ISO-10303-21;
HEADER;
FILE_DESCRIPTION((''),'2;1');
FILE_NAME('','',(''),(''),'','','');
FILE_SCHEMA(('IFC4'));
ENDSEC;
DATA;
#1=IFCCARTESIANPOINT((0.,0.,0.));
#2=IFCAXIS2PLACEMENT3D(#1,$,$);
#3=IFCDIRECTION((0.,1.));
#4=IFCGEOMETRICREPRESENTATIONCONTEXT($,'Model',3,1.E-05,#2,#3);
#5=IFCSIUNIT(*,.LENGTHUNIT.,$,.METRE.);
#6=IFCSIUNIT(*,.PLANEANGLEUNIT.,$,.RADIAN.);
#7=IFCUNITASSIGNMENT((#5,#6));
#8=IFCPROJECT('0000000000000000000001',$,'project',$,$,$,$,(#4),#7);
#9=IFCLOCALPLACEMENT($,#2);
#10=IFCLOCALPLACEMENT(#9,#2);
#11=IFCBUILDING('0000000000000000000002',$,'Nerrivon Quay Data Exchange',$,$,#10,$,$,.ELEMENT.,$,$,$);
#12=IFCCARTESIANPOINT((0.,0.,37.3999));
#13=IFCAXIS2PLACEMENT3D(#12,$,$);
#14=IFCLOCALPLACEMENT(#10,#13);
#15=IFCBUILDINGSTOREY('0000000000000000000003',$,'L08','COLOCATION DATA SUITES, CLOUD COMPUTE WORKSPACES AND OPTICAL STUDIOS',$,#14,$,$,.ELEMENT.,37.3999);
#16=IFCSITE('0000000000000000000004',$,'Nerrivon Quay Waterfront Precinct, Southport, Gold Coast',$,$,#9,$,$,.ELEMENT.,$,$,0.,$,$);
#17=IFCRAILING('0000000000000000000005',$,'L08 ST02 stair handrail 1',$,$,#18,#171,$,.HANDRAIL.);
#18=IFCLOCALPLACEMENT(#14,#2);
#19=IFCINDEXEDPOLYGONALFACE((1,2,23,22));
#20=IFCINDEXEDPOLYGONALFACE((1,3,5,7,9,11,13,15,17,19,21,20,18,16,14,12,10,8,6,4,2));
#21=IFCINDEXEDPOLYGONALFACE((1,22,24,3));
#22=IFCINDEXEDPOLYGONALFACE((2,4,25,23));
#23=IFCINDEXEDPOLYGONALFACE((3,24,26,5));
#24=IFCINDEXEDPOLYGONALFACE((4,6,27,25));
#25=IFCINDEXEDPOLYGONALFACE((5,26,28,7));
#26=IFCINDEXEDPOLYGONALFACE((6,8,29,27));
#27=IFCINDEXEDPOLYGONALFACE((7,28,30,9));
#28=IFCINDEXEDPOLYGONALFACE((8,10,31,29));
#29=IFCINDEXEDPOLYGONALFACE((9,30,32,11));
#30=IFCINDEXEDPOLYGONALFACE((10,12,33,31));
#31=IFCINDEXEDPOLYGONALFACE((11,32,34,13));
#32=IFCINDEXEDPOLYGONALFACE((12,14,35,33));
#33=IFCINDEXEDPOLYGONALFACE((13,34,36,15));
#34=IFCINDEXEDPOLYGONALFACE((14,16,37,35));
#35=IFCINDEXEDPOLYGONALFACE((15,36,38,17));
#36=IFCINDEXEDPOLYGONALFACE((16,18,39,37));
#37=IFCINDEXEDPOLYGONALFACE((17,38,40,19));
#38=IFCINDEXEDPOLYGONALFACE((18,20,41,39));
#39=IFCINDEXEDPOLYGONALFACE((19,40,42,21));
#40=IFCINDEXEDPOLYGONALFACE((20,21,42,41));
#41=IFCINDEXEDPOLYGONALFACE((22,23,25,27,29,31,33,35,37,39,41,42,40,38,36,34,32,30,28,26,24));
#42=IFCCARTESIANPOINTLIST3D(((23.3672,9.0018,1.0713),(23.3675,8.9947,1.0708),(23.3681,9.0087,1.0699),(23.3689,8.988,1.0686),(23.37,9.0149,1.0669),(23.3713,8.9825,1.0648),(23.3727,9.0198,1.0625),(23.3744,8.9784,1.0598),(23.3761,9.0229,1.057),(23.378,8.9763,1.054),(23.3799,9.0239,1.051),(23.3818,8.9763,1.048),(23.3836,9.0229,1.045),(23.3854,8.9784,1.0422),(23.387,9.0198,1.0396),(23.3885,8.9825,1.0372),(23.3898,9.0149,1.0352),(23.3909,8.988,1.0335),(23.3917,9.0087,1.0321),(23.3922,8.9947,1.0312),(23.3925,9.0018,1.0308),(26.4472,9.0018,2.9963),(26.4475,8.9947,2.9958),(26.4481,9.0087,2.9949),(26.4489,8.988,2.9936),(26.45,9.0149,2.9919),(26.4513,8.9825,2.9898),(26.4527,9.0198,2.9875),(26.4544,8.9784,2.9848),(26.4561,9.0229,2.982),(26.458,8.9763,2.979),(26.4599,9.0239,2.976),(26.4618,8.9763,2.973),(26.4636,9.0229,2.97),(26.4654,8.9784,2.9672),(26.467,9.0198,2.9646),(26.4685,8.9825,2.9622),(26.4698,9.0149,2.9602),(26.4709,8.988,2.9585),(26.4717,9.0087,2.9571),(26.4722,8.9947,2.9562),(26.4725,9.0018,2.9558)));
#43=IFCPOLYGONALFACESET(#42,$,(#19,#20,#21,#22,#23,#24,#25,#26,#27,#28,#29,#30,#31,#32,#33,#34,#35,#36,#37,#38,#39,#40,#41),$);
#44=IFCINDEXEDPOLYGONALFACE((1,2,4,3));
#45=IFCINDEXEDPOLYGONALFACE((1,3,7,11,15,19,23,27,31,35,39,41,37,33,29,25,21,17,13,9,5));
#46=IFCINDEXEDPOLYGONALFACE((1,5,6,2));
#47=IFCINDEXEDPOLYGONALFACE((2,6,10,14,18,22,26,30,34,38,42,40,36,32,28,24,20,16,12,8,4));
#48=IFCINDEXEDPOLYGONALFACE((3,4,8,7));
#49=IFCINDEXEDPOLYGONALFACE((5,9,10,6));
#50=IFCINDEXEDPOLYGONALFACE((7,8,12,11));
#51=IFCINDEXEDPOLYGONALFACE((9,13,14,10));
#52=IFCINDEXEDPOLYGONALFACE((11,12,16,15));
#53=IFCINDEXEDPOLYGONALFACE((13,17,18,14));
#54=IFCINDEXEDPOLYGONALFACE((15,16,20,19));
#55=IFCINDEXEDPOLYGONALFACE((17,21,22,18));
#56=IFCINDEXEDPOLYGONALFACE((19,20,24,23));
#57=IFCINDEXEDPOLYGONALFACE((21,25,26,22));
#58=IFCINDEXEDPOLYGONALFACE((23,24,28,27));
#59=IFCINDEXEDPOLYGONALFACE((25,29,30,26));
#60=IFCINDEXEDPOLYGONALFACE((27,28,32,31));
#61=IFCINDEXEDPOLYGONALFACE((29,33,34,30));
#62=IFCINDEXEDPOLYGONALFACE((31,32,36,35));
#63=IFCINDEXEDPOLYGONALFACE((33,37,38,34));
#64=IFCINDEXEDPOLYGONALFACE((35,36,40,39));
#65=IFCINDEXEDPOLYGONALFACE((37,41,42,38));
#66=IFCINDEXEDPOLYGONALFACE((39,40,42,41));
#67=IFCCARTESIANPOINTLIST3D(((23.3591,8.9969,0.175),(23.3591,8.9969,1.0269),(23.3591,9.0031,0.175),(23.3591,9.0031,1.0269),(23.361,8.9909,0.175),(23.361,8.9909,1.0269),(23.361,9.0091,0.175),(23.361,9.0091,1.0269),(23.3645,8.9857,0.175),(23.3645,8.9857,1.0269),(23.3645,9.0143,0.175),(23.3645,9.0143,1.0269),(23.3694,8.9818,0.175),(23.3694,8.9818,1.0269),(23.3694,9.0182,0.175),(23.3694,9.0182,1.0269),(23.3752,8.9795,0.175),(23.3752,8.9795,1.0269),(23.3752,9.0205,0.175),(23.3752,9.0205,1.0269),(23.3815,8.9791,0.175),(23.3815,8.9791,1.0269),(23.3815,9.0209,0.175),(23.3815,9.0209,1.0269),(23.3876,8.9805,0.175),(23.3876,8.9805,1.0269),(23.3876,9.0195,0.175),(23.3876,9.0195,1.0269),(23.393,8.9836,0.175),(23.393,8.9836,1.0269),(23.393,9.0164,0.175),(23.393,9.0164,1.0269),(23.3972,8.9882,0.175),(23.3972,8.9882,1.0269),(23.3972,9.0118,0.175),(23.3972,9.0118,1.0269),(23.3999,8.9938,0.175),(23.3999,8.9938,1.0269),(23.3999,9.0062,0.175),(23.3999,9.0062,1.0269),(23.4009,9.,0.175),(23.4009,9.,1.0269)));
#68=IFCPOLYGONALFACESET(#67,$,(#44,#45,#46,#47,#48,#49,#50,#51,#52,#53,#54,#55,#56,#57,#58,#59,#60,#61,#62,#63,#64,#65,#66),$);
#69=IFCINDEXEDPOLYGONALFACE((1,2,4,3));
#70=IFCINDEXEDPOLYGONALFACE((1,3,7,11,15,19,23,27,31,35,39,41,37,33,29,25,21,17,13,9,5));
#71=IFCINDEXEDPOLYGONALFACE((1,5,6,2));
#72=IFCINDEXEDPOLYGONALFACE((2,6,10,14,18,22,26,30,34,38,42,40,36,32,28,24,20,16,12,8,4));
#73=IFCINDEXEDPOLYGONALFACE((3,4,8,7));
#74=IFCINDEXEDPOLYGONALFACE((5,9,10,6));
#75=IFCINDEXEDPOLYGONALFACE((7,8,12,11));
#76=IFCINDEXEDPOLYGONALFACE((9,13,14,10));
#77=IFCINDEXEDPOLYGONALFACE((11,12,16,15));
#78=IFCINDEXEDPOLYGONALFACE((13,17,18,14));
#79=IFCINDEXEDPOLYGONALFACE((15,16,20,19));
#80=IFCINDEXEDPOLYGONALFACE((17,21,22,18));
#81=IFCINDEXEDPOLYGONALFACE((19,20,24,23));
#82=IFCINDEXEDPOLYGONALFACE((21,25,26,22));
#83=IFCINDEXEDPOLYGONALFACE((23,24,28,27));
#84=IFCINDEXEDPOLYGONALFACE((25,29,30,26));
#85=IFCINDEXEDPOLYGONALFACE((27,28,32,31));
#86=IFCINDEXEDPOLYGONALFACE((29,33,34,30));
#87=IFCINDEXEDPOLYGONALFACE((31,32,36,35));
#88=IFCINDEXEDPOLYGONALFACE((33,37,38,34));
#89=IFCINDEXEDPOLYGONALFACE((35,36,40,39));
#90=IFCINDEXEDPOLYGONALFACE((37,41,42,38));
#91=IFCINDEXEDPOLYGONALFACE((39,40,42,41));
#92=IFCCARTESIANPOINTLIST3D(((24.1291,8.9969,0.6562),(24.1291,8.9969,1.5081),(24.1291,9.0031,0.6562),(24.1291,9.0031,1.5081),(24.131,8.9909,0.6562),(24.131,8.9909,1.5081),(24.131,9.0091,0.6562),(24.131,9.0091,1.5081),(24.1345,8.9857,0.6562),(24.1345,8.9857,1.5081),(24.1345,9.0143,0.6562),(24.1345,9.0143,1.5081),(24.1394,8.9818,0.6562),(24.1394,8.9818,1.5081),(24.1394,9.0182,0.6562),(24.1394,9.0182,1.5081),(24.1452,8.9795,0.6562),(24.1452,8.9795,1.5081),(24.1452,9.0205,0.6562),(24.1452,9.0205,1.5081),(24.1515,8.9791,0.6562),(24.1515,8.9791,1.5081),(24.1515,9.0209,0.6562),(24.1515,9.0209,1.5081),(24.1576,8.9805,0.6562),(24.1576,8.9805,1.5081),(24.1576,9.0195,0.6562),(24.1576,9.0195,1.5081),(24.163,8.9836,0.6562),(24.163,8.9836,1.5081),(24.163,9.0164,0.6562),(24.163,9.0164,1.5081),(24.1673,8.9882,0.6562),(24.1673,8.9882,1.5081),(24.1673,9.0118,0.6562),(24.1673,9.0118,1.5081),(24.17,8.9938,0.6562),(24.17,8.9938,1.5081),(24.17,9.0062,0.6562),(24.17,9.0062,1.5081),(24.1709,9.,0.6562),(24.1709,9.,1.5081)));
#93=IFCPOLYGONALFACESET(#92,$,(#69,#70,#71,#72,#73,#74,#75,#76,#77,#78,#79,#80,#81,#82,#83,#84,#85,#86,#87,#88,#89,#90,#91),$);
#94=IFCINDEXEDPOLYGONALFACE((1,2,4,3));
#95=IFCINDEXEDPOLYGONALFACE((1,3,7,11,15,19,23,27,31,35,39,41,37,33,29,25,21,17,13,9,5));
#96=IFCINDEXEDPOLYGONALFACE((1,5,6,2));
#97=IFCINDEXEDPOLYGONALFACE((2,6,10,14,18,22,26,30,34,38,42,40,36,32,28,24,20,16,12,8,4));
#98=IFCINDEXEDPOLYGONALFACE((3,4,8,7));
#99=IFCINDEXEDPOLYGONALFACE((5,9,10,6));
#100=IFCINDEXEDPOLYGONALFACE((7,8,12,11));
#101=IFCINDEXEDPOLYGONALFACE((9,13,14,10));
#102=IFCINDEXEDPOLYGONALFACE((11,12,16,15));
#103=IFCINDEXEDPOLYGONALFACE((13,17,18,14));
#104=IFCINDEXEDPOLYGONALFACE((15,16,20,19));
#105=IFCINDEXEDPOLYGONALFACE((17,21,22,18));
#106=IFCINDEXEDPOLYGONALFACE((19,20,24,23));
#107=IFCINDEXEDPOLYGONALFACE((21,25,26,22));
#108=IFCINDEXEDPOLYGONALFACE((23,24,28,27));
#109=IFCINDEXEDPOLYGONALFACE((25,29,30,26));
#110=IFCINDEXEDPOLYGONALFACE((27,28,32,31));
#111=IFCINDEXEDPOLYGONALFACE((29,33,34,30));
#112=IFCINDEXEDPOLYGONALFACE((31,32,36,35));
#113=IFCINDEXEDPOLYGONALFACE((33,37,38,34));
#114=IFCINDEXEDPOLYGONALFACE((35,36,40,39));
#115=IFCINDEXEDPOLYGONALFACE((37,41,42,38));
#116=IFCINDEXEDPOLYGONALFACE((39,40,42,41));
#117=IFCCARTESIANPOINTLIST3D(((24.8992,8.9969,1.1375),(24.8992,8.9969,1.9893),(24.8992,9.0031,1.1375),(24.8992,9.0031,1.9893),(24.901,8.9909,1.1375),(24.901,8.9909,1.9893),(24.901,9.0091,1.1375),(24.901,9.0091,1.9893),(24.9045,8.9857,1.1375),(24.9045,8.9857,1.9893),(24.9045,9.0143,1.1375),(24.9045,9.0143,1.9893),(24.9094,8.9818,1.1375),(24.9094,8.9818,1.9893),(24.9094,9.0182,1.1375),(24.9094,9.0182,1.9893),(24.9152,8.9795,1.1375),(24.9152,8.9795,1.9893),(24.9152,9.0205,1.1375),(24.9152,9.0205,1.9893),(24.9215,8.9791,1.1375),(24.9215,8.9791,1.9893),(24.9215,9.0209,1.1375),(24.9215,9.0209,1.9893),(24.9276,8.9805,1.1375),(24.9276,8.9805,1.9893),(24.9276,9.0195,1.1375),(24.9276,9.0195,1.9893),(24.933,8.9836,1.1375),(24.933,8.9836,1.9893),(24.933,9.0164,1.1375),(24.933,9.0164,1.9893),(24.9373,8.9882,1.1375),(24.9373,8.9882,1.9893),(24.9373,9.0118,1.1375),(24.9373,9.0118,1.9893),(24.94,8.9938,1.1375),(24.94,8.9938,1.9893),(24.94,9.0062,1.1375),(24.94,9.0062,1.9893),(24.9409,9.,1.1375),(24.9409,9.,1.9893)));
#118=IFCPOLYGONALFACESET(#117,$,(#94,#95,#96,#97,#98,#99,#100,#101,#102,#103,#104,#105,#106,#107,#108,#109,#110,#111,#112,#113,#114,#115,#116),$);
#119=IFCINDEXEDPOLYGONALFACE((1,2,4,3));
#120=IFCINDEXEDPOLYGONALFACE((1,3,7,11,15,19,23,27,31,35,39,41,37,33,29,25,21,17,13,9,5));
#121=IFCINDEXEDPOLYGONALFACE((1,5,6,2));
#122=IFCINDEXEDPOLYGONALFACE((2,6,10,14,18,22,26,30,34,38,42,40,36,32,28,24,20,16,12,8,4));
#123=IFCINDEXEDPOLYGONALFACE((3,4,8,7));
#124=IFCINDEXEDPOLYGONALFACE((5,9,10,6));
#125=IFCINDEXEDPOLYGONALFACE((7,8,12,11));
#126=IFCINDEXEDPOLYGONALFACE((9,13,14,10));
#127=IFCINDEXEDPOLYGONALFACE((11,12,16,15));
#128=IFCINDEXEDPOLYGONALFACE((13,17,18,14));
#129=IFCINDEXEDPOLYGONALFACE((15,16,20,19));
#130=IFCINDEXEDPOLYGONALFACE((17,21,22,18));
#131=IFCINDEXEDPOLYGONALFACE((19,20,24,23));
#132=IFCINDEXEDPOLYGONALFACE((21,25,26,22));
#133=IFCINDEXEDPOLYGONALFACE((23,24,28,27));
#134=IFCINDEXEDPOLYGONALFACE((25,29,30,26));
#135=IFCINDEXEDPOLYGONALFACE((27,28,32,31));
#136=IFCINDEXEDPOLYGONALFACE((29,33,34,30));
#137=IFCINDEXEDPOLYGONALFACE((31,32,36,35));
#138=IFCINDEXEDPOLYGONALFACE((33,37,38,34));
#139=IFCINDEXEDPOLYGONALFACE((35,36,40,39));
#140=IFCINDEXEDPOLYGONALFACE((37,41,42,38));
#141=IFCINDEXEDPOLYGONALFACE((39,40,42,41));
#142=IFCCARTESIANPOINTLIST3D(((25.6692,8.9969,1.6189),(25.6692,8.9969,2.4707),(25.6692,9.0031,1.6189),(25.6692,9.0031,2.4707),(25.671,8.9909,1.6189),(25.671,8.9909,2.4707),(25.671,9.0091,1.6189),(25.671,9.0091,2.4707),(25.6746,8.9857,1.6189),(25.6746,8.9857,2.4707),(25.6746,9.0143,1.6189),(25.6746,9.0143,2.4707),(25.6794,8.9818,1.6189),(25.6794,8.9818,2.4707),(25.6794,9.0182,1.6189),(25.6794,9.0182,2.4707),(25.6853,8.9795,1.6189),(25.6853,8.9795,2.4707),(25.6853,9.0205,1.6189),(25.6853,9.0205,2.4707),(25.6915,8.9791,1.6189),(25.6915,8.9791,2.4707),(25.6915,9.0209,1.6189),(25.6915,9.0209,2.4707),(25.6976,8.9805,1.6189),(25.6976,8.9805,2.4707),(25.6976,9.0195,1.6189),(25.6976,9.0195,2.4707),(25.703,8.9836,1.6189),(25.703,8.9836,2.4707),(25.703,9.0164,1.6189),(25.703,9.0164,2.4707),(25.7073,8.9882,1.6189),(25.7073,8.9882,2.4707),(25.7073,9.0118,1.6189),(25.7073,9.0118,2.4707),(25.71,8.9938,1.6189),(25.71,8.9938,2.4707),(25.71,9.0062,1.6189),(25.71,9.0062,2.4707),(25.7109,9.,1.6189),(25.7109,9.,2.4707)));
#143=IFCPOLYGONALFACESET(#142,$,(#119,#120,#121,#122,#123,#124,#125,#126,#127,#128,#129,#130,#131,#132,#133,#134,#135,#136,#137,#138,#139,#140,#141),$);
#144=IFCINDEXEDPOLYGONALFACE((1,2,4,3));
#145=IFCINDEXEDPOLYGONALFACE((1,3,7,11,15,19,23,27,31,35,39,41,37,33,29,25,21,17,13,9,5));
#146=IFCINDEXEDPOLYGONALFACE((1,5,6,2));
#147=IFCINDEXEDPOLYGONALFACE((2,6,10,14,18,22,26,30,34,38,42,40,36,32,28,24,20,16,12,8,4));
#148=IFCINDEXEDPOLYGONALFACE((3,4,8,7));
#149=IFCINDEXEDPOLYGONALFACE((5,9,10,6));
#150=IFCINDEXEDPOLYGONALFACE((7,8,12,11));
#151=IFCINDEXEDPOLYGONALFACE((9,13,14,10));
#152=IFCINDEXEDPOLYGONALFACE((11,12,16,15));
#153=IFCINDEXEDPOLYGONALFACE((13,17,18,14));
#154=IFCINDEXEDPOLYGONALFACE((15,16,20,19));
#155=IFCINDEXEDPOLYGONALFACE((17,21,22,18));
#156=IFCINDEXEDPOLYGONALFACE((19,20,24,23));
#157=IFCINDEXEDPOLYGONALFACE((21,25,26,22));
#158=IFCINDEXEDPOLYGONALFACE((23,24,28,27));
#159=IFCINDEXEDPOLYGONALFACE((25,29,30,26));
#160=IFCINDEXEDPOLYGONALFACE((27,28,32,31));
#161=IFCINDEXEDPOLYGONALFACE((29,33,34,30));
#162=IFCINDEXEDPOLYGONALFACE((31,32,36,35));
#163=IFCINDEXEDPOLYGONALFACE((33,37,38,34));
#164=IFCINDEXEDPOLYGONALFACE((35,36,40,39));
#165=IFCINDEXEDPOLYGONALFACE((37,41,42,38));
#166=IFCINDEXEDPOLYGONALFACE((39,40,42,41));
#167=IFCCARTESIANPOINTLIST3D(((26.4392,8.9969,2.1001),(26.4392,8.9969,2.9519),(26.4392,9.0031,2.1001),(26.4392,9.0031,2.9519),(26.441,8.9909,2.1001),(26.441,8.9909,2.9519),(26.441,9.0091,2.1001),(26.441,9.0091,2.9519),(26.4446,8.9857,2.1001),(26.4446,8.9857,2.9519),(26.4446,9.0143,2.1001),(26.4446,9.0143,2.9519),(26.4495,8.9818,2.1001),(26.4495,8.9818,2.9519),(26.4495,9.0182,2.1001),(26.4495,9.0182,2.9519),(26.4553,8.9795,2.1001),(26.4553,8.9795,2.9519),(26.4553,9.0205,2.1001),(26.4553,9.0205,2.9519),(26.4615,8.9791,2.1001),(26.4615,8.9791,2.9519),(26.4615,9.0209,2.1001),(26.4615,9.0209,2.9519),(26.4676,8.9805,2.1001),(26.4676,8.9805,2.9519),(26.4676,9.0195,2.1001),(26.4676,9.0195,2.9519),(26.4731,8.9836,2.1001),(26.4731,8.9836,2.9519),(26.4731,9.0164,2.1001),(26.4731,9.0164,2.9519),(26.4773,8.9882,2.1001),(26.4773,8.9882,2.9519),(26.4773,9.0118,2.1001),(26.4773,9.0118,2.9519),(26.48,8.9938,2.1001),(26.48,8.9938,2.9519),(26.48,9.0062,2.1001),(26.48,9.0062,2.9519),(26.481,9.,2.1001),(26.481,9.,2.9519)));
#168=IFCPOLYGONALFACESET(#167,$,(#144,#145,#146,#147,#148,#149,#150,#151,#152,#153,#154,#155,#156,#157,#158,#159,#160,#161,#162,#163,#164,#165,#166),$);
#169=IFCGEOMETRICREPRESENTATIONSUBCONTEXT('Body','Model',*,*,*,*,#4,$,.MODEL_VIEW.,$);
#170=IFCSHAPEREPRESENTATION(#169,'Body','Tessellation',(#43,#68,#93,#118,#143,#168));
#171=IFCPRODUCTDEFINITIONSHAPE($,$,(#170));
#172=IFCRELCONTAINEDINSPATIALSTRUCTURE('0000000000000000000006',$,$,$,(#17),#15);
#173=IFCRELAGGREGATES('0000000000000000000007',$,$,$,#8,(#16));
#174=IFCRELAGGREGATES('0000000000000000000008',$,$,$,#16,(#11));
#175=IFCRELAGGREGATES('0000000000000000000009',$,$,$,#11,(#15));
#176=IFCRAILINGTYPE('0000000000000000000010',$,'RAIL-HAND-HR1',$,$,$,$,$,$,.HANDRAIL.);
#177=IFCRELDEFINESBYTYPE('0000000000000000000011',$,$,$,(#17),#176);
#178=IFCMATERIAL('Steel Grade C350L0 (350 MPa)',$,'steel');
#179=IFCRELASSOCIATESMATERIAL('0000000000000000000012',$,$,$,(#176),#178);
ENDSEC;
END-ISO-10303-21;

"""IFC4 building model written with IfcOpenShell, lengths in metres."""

from ifc_helpers import new_model, si_unit, direction, frame, origin, origin_2d, place, context, subcontext, project, spatial, circle, extrude, material, type_object, element, save


model = new_model("IFC4")

# Units and contexts
model_context = context("Model", 3, precision=1e-05, world=origin(), true_north=direction((0.0, 1.0)))
body_context = subcontext(model_context, "Body", "Model", "MODEL_VIEW")
ifc_project = project(units=[si_unit("LENGTHUNIT", "METRE"), si_unit("PLANEANGLEUNIT", "RADIAN")], contexts=[model_context])

# Site, building, storey
site_placement = place(None, origin())
site = spatial("IfcSite", under=ifc_project, at=site_placement, Name="Nerrivon Quay Waterfront Precinct, Southport, Gold Coast", CompositionType="ELEMENT", RefElevation=0.0)
building_placement = place(site_placement, origin())
building = spatial("IfcBuilding", under=site, at=building_placement, Name="Nerrivon Quay Data Exchange", CompositionType="ELEMENT")
storey_placement = place(building_placement, frame((0.0, 0.0, 37.3999)))
storey = spatial("IfcBuildingStorey", under=building, at=storey_placement, Name="L08", Description="COLOCATION DATA SUITES, CLOUD COMPUTE WORKSPACES AND OPTICAL STUDIOS", CompositionType="ELEMENT", Elevation=37.3999)

# Railing
ifc_material_1 = material(Name="Steel Grade C350L0 (350 MPa)", Category="steel")
railing_type_1 = type_object("IfcRailingType", Name="RAIL-HAND-HR1", PredefinedType="HANDRAIL", material=ifc_material_1)
railing_1_placement = place(storey_placement, frame((23.3799, 9.0, 0.175)))
element("IfcRailing", 1, at=railing_1_placement, inside=storey, type_object=railing_type_1, Name="L08 ST02 stair handrail 1", PredefinedType="HANDRAIL", context=body_context, shape_type="SweptSolid", body=[
    extrude(circle(Radius=0.0239, at=origin_2d()), frame((0.0, 0.0, 0.876), z_axis=(0.847998, 0.0, 0.529999), x_axis=(0.0, 1.0, 0.0)), (0.0, 0.0, 1.0), 3.6321),
    extrude(circle(Radius=0.021, at=origin_2d()), origin(), (0.0, 0.0, 1.0), 0.8518),
    extrude(circle(Radius=0.021, at=origin_2d()), frame((0.77, 0.0, 0.4812)), (0.0, 0.0, 1.0), 0.8518),
    extrude(circle(Radius=0.021, at=origin_2d()), frame((1.54, 0.0, 0.9624)), (0.0, 0.0, 1.0), 0.8518),
    extrude(circle(Radius=0.021, at=origin_2d()), frame((2.3101, 0.0, 1.4438)), (0.0, 0.0, 1.0), 0.8518),
    extrude(circle(Radius=0.021, at=origin_2d()), frame((3.0801, 0.0, 1.925)), (0.0, 0.0, 1.0), 0.8518),
])

save(model, "model.ifc")
